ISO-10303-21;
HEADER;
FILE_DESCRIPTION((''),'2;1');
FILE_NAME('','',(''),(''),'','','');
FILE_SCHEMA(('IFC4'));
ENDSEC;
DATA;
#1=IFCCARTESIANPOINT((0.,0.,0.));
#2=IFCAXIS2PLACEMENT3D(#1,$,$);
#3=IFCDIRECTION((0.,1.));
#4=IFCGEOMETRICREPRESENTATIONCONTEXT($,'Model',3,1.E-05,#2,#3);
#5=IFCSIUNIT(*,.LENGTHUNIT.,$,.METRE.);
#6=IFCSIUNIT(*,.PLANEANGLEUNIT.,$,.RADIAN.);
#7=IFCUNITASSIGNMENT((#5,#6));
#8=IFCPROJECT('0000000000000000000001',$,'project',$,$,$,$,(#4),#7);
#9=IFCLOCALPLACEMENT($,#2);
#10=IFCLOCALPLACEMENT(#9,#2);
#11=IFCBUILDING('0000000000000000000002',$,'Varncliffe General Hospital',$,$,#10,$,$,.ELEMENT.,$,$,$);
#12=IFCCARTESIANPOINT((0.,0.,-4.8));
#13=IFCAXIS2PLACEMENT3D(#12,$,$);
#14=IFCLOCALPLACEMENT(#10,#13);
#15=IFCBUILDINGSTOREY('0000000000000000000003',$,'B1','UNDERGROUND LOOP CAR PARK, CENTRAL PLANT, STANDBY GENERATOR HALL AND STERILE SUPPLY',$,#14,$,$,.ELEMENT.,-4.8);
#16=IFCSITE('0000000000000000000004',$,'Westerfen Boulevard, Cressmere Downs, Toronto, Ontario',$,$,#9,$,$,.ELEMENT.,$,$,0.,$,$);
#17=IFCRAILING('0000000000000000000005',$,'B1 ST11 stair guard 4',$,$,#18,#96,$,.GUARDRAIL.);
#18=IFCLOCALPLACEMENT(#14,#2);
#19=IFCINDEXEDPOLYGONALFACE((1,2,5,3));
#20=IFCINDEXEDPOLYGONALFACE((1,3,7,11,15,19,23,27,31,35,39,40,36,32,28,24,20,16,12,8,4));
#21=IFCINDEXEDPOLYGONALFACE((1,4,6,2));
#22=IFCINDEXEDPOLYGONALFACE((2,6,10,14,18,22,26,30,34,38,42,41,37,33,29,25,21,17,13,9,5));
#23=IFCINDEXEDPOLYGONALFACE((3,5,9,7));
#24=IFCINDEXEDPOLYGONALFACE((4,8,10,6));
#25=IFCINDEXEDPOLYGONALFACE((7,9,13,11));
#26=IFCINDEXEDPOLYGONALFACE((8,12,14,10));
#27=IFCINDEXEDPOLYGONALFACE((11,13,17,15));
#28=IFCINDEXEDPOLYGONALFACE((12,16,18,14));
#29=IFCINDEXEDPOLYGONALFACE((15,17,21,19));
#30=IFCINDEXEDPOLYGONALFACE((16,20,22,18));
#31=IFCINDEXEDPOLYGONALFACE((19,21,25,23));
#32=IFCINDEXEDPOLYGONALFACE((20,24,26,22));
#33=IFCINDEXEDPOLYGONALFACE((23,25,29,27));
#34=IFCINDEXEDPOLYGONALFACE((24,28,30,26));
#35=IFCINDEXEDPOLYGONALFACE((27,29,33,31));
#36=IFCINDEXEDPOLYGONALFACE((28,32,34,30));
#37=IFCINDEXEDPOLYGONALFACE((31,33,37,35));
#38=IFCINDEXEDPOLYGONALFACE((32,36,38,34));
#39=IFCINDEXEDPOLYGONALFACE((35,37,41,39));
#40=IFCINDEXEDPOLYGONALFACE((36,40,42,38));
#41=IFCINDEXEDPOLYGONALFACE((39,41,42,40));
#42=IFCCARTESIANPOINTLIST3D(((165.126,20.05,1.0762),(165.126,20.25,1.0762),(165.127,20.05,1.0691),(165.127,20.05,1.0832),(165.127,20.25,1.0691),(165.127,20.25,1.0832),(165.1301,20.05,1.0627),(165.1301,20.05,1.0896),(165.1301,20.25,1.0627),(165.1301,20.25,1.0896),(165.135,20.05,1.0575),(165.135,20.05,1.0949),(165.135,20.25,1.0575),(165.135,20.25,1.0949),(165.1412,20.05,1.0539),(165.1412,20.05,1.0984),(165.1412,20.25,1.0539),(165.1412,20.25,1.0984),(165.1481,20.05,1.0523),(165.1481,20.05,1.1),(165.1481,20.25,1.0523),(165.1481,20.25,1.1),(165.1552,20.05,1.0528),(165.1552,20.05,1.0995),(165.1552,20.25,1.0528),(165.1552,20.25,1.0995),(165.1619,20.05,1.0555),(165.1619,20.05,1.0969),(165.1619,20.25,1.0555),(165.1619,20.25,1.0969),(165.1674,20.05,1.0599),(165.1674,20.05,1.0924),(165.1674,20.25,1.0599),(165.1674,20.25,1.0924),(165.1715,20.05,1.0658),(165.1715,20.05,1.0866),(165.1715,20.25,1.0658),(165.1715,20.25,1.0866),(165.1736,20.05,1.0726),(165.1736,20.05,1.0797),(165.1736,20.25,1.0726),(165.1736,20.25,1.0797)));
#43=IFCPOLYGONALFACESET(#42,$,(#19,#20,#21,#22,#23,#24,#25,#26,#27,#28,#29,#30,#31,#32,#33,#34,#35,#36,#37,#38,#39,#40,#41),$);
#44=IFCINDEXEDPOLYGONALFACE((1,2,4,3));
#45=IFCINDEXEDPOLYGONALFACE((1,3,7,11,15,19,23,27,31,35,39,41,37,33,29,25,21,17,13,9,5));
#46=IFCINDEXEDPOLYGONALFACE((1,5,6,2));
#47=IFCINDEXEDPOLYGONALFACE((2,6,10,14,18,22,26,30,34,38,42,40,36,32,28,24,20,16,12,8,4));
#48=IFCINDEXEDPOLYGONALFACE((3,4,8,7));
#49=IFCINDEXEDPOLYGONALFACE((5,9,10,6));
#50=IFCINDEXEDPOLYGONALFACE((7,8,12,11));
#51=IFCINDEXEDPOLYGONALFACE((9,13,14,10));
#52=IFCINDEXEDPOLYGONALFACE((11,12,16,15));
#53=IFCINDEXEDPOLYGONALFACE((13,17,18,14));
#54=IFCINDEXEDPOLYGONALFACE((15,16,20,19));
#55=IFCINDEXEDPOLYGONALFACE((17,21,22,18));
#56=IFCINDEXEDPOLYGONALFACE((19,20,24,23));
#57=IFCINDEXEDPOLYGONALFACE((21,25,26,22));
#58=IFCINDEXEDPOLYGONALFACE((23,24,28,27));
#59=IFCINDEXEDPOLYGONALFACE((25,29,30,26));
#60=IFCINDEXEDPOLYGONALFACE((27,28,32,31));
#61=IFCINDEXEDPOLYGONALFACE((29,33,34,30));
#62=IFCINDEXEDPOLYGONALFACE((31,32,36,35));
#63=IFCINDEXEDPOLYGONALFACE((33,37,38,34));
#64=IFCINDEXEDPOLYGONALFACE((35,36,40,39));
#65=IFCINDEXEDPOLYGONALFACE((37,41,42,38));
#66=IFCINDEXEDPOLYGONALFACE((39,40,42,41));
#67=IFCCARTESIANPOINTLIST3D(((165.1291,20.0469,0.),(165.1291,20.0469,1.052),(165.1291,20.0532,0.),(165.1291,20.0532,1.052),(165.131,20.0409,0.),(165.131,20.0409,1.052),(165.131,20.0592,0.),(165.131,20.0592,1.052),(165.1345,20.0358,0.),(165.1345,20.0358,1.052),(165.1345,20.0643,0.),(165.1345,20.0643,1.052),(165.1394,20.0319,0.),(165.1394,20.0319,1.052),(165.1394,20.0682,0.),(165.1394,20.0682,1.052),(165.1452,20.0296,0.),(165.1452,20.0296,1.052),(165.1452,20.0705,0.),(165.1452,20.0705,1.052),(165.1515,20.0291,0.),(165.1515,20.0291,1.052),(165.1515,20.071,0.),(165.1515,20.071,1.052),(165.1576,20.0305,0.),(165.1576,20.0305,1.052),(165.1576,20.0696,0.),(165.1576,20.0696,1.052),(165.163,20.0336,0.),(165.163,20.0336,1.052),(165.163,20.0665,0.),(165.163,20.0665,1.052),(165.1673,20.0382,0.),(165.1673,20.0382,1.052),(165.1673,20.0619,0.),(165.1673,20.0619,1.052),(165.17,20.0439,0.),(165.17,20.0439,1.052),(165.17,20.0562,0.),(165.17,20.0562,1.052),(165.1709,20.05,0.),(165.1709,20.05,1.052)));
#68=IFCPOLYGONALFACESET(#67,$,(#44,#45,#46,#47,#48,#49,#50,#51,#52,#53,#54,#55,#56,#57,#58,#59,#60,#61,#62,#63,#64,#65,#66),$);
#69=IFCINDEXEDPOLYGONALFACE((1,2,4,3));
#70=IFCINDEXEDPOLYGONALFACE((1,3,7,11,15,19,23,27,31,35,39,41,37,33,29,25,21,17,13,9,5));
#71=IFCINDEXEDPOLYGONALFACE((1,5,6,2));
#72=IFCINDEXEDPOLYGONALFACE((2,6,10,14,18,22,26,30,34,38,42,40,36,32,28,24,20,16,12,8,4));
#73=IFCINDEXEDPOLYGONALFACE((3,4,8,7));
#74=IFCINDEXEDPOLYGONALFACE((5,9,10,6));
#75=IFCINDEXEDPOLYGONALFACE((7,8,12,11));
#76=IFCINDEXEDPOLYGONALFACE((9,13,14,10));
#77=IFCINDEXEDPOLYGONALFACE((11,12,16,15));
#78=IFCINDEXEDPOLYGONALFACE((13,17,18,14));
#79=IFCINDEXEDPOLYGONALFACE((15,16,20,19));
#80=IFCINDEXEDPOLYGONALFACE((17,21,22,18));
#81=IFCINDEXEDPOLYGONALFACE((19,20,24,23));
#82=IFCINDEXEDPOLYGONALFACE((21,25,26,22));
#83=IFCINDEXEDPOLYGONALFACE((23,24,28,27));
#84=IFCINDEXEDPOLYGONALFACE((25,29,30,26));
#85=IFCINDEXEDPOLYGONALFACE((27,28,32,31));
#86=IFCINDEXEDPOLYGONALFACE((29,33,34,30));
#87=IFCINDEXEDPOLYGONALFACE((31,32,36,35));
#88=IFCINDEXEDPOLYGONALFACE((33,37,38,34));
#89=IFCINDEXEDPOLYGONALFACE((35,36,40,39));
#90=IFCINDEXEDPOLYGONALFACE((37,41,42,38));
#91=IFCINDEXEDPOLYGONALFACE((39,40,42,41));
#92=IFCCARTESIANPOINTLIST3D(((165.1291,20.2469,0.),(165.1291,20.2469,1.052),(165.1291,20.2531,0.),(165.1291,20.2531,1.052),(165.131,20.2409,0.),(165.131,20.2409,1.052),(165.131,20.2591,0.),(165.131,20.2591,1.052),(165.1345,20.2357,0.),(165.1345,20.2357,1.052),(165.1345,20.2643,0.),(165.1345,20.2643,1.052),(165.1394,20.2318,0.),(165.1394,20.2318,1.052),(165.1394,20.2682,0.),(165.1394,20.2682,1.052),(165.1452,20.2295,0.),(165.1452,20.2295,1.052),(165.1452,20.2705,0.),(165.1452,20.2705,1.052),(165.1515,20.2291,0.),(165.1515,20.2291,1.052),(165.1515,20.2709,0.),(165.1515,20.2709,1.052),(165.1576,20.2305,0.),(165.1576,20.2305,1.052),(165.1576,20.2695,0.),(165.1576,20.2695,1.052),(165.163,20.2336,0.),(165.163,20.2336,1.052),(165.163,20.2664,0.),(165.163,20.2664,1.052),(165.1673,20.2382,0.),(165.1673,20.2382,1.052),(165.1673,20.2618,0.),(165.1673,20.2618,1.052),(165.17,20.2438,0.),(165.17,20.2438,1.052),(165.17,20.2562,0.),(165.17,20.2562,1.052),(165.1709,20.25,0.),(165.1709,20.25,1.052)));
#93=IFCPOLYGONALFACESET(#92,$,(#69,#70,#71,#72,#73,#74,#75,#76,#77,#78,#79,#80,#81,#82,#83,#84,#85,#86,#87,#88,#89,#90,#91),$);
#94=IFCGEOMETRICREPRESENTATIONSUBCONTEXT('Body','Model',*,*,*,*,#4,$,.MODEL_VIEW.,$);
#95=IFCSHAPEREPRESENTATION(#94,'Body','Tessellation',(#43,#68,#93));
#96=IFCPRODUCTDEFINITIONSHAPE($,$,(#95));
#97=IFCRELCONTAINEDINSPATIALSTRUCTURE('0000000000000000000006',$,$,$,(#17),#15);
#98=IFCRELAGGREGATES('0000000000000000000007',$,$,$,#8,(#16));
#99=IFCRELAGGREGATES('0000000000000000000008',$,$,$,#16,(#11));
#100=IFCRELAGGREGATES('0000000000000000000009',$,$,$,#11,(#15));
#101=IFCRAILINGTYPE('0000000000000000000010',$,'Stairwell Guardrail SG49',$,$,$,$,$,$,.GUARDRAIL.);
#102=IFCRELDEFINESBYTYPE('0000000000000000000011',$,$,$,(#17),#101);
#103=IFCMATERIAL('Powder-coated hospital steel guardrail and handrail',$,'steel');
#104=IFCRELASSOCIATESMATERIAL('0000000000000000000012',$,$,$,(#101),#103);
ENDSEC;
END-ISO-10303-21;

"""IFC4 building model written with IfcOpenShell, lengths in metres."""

from ifc_helpers import new_model, si_unit, direction, frame, origin, origin_2d, place, context, subcontext, project, spatial, circle, extrude, material, type_object, element, save


model = new_model("IFC4")

# Units and contexts
model_context = context("Model", 3, precision=1e-05, world=origin(), true_north=direction((0.0, 1.0)))
body_context = subcontext(model_context, "Body", "Model", "MODEL_VIEW")
ifc_project = project(units=[si_unit("LENGTHUNIT", "METRE"), si_unit("PLANEANGLEUNIT", "RADIAN")], contexts=[model_context])

# Site, building, storey
site_placement = place(None, origin())
site = spatial("IfcSite", under=ifc_project, at=site_placement, Name="Westerfen Boulevard, Cressmere Downs, Toronto, Ontario", CompositionType="ELEMENT", RefElevation=0.0)
building_placement = place(site_placement, origin())
building = spatial("IfcBuilding", under=site, at=building_placement, Name="Varncliffe General Hospital", CompositionType="ELEMENT")
storey_placement = place(building_placement, frame((0.0, 0.0, -4.8)))
storey = spatial("IfcBuildingStorey", under=building, at=storey_placement, Name="B1", Description="UNDERGROUND LOOP CAR PARK, CENTRAL PLANT, STANDBY GENERATOR HALL AND STERILE SUPPLY", CompositionType="ELEMENT", Elevation=-4.8)

# Railing
ifc_material_1 = material(Name="Powder-coated hospital steel guardrail and handrail", Category="steel")
railing_type_1 = type_object("IfcRailingType", Name="Stairwell Guardrail SG49", PredefinedType="GUARDRAIL", material=ifc_material_1)
railing_1_placement = place(storey_placement, frame((165.1499, 20.05, 0.0)))
element("IfcRailing", 1, at=railing_1_placement, inside=storey, type_object=railing_type_1, Name="B1 ST11 stair guard 4", PredefinedType="GUARDRAIL", context=body_context, shape_type="SweptSolid", body=[
    extrude(circle(Radius=0.0239, at=origin_2d()), frame((0.0, 0.0, 1.0762), z_axis=(0.0, 1.0, 0.0), x_axis=(-1.0, 0.0, 0.0)), (0.0, 0.0, 1.0), 0.2),
    extrude(circle(Radius=0.021, at=origin_2d()), origin(), (0.0, 0.0, 1.0), 1.052),
    extrude(circle(Radius=0.021, at=origin_2d()), frame((0.0, 0.2, 0.0)), (0.0, 0.0, 1.0), 1.052),
])

save(model, "model.ifc")
